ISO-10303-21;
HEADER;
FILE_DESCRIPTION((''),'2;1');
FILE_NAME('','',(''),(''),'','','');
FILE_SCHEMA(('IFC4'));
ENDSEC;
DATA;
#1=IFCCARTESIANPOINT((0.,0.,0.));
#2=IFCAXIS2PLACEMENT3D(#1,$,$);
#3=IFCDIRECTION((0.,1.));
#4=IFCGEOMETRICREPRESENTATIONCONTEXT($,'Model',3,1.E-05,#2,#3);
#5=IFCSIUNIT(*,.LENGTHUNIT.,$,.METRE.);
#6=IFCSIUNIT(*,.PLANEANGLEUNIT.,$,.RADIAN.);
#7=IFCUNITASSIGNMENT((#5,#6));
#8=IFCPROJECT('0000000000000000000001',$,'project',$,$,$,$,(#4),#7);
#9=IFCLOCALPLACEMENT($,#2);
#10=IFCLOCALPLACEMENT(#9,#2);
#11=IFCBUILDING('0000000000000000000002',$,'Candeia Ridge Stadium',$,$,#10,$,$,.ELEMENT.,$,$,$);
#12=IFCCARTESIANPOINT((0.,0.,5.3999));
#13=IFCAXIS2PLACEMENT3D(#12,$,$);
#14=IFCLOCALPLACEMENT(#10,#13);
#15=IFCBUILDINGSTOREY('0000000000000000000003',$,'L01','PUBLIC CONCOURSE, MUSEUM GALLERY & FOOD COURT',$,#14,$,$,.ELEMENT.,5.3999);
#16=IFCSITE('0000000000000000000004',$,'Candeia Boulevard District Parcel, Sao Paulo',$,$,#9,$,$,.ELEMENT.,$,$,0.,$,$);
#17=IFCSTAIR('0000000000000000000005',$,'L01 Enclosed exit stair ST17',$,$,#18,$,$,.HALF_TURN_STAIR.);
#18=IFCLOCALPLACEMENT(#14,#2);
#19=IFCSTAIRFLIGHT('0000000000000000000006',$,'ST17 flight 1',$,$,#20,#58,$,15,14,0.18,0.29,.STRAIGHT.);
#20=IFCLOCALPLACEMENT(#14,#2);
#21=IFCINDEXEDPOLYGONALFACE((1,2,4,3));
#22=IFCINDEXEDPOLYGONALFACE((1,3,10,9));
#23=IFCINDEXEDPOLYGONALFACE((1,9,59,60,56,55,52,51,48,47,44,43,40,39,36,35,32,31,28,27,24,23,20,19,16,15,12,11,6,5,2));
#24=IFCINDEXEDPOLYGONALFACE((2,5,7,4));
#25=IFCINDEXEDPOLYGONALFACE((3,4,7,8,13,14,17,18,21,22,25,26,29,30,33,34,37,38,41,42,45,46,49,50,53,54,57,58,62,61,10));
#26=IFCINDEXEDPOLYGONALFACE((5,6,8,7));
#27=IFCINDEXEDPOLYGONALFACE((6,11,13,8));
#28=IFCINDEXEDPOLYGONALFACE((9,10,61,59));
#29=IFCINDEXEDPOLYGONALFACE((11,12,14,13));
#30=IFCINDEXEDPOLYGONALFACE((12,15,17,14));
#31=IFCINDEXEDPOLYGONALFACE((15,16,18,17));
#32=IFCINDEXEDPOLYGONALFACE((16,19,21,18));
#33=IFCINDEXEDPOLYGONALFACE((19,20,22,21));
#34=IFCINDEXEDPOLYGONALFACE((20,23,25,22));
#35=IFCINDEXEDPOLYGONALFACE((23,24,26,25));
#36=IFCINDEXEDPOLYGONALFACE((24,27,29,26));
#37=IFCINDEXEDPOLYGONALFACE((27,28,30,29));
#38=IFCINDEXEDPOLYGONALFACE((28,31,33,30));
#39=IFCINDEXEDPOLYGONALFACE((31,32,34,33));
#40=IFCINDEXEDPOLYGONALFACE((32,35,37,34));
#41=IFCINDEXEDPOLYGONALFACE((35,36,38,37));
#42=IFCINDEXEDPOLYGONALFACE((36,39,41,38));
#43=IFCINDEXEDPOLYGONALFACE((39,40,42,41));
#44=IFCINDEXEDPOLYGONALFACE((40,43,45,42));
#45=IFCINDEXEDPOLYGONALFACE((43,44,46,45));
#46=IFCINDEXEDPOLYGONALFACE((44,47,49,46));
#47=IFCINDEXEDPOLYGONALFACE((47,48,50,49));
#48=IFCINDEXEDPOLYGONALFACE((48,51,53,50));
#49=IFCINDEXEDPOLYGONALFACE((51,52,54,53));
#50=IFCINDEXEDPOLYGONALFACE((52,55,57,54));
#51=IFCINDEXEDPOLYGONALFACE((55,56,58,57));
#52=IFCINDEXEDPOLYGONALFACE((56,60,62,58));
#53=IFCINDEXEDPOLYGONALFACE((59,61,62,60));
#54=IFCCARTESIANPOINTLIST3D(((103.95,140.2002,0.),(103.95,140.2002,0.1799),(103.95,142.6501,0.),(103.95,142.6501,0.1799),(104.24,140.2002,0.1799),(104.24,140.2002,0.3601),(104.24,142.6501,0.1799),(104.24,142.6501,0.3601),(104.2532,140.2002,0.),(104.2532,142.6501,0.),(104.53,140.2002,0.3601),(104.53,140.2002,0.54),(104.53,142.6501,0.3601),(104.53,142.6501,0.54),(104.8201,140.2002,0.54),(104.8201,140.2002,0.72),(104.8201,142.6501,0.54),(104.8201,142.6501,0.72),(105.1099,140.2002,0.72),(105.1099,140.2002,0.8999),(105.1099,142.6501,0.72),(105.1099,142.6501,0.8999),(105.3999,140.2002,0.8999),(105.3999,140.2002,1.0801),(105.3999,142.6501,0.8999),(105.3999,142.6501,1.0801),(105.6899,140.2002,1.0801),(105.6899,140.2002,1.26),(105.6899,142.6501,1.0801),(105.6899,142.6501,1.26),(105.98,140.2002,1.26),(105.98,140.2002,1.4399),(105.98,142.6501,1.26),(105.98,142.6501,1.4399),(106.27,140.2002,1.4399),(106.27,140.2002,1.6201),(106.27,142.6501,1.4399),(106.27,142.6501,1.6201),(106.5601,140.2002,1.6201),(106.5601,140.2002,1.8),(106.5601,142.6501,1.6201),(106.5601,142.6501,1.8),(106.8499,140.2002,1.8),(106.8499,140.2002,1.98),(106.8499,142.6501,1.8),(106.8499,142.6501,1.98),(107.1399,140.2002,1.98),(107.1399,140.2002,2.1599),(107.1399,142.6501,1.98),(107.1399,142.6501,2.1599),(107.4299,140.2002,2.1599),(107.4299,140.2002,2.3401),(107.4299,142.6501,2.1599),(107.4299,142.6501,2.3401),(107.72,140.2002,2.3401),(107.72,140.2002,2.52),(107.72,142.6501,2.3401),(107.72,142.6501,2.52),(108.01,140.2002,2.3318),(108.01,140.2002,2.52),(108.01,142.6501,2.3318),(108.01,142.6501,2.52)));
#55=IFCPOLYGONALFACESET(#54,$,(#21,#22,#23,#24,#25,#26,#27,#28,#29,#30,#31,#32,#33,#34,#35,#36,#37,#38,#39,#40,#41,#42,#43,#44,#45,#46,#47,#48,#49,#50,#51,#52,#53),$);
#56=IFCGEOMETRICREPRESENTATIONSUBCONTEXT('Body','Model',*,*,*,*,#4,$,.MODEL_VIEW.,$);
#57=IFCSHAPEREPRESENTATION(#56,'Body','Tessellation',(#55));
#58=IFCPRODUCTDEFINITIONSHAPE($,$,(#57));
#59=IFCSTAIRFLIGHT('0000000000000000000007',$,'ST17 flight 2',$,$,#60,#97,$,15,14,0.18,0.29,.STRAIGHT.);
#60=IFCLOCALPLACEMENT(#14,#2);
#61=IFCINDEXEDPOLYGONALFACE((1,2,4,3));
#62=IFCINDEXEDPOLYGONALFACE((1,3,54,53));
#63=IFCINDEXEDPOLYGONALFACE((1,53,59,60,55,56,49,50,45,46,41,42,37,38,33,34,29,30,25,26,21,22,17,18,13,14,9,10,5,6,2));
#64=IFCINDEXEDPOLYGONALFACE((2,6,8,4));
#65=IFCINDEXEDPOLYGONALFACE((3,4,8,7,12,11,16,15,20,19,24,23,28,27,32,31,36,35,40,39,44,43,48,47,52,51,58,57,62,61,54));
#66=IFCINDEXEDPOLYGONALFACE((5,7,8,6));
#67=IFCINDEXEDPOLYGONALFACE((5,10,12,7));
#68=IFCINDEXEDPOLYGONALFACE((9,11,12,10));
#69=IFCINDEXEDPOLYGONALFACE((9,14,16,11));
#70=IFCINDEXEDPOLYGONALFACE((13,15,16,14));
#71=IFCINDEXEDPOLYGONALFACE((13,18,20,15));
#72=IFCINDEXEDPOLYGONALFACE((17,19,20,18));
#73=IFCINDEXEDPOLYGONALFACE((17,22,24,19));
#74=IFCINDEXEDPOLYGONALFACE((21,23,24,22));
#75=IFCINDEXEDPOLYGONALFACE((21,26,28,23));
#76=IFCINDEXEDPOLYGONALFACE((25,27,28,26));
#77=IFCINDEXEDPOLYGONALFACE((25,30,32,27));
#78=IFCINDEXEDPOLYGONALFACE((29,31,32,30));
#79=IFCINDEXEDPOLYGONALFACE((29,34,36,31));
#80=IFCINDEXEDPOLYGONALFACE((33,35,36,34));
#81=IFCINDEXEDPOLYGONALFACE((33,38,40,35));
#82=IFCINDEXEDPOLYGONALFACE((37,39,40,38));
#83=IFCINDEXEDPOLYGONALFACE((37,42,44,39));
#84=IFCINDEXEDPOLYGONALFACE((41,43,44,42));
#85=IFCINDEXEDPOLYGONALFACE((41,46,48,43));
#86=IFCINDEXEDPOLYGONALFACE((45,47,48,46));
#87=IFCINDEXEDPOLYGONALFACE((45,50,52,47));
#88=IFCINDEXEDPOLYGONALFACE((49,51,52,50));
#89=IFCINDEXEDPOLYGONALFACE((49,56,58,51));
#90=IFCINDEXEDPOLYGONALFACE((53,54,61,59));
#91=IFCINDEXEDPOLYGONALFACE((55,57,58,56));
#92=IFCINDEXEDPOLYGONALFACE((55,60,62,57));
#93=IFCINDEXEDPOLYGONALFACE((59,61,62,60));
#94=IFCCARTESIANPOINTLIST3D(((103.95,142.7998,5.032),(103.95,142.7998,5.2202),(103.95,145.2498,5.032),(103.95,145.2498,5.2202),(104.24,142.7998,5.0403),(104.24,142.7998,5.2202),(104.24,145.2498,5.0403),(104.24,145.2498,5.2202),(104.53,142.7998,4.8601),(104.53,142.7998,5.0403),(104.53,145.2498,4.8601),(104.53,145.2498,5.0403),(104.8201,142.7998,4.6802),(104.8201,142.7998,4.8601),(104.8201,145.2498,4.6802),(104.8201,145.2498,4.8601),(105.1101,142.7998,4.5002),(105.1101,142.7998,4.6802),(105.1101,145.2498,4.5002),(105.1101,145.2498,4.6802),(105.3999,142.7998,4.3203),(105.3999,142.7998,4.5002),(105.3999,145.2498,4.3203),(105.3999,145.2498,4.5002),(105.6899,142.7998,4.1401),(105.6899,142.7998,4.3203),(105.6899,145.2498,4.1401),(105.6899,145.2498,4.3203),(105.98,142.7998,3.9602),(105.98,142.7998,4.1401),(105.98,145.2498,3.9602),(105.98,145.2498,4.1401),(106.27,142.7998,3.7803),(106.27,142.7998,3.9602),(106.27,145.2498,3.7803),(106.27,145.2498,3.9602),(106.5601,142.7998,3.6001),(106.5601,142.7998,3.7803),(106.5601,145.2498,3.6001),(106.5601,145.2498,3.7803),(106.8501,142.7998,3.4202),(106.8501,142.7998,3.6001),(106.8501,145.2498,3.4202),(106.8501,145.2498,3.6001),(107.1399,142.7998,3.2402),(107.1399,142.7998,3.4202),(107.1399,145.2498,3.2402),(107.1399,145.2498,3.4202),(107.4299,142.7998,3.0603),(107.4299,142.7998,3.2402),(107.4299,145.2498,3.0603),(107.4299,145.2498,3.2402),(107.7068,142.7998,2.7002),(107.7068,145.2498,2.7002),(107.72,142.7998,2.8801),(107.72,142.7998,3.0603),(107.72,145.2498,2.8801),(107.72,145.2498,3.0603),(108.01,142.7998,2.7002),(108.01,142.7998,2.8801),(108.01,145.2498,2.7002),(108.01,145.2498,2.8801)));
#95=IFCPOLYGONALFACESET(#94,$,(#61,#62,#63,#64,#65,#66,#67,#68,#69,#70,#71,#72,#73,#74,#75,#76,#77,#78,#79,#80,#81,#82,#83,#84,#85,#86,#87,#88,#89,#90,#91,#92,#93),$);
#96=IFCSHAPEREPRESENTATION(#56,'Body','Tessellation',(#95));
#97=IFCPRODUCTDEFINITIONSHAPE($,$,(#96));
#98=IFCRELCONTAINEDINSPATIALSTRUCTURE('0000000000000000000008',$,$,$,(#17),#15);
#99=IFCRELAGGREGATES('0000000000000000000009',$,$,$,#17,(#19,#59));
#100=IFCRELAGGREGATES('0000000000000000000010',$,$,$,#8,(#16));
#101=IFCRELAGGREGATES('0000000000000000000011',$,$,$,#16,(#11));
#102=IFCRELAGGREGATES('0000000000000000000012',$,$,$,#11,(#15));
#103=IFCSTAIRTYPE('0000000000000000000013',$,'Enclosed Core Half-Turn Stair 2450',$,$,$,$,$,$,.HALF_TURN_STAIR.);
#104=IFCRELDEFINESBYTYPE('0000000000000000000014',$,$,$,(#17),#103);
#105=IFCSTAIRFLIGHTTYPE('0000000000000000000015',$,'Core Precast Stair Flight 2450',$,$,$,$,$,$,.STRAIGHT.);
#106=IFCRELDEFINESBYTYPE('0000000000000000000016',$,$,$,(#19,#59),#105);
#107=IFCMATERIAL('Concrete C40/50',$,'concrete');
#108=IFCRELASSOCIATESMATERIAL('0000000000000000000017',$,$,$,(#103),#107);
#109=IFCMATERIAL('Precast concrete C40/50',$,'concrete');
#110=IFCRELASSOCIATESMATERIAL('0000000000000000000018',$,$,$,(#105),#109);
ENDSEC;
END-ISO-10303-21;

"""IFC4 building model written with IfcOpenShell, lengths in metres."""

from ifc_helpers import new_model, si_unit, direction, frame, origin, place, context, subcontext, project, spatial, polyline, outline, extrude, material, type_object, element, aggregate, save


model = new_model("IFC4")

# Units and contexts
model_context = context("Model", 3, precision=1e-05, world=origin(), true_north=direction((0.0, 1.0)))
body_context = subcontext(model_context, "Body", "Model", "MODEL_VIEW")
ifc_project = project(units=[si_unit("LENGTHUNIT", "METRE"), si_unit("PLANEANGLEUNIT", "RADIAN")], contexts=[model_context])

# Site, building, storey
site_placement = place(None, origin())
site = spatial("IfcSite", under=ifc_project, at=site_placement, Name="Candeia Boulevard District Parcel, Sao Paulo", CompositionType="ELEMENT", RefElevation=0.0)
building_placement = place(site_placement, origin())
building = spatial("IfcBuilding", under=site, at=building_placement, Name="Candeia Ridge Stadium", CompositionType="ELEMENT")
storey_placement = place(building_placement, frame((0.0, 0.0, 5.3999)))
storey = spatial("IfcBuildingStorey", under=building, at=storey_placement, Name="L01", Description="PUBLIC CONCOURSE, MUSEUM GALLERY & FOOD COURT", CompositionType="ELEMENT", Elevation=5.3999)

# Shared definitions
ifc_material_1 = material(Name="Concrete C40/50", Category="concrete")

# Stair, stair flights
stair_type = type_object("IfcStairType", Name="Enclosed Core Half-Turn Stair 2450", PredefinedType="HALF_TURN_STAIR", material=ifc_material_1)
stair_placement = place(storey_placement, origin())
stair = element("IfcStair", 1, at=stair_placement, inside=storey, type_object=stair_type, Name="L01 Enclosed exit stair ST17", PredefinedType="HALF_TURN_STAIR")
ifc_material_2 = material(Name="Precast concrete C40/50", Category="concrete")
stair_flight_type = type_object("IfcStairFlightType", Name="Core Precast Stair Flight 2450", PredefinedType="STRAIGHT", material=ifc_material_2)
stair_flight_1_placement = place(storey_placement, frame((103.95, 141.425, 0.0), z_axis=(0.0, 0.0, 1.0), x_axis=(1.0, 0.0, 0.0)))
stair_flight_1 = element("IfcStairFlight", 2, at=stair_flight_1_placement, type_object=stair_flight_type, Name="ST17 flight 1", NumberOfRisers=15, NumberOfTreads=14, PredefinedType="STRAIGHT", RiserHeight=0.18, TreadLength=0.29, context=body_context, shape_type="SweptSolid", body=[
    extrude(outline(polyline([(0.0, 0.0), (0.0, 0.1799), (0.29, 0.1799), (0.29, 0.3601), (0.5801, 0.3601), (0.5801, 0.54), (0.8701, 0.54), (0.8701, 0.72), (1.1599, 0.72), (1.1599, 0.8999), (1.45, 0.8999), (1.45, 1.0801), (1.74, 1.0801), (1.74, 1.26), (2.03, 1.26), (2.03, 1.4399), (2.3201, 1.4399), (2.3201, 1.6201), (2.6101, 1.6201), (2.6101, 1.8), (2.8999, 1.8), (2.8999, 1.98), (3.1899, 1.98), (3.1899, 2.1599), (3.48, 2.1599), (3.48, 2.3401), (3.77, 2.3401), (3.77, 2.52), (4.0601, 2.52), (4.0601, 2.7), (4.0601, 2.3318), (0.3032, 0.0), (0.0, 0.0)])), frame((0.0, 1.2251, 0.0), z_axis=(0.0, -1.0, 0.0), x_axis=(1.0, 0.0, 0.0)), (0.0, 0.0, 1.0), 2.45),
])
stair_flight_2_placement = place(storey_placement, frame((108.01, 144.0249, 2.7002), z_axis=(0.0, 0.0, 1.0), x_axis=(-1.0, 0.0, 0.0)))
stair_flight_2 = element("IfcStairFlight", 3, at=stair_flight_2_placement, type_object=stair_flight_type, Name="ST17 flight 2", NumberOfRisers=15, NumberOfTreads=14, PredefinedType="STRAIGHT", RiserHeight=0.18, TreadLength=0.29, context=body_context, shape_type="SweptSolid", body=[
    extrude(outline(polyline([(0.0, 0.0), (0.0, 0.1799), (0.29, 0.1799), (0.29, 0.3601), (0.5801, 0.3601), (0.5801, 0.54), (0.8701, 0.54), (0.8701, 0.72), (1.1599, 0.72), (1.1599, 0.8999), (1.45, 0.8999), (1.45, 1.0801), (1.74, 1.0801), (1.74, 1.26), (2.03, 1.26), (2.03, 1.4399), (2.3201, 1.4399), (2.3201, 1.6201), (2.6101, 1.6201), (2.6101, 1.8), (2.8999, 1.8), (2.8999, 1.98), (3.1899, 1.98), (3.1899, 2.1599), (3.48, 2.1599), (3.48, 2.3401), (3.77, 2.3401), (3.77, 2.52), (4.0601, 2.52), (4.0601, 2.7), (4.0601, 2.3318), (0.3032, 0.0), (0.0, 0.0)])), frame((0.0, 1.2251, 0.0), z_axis=(0.0, -1.0, 0.0), x_axis=(1.0, 0.0, 0.0)), (0.0, 0.0, 1.0), 2.45),
])
aggregate(stair, [stair_flight_1, stair_flight_2])

save(model, "model.ifc")
